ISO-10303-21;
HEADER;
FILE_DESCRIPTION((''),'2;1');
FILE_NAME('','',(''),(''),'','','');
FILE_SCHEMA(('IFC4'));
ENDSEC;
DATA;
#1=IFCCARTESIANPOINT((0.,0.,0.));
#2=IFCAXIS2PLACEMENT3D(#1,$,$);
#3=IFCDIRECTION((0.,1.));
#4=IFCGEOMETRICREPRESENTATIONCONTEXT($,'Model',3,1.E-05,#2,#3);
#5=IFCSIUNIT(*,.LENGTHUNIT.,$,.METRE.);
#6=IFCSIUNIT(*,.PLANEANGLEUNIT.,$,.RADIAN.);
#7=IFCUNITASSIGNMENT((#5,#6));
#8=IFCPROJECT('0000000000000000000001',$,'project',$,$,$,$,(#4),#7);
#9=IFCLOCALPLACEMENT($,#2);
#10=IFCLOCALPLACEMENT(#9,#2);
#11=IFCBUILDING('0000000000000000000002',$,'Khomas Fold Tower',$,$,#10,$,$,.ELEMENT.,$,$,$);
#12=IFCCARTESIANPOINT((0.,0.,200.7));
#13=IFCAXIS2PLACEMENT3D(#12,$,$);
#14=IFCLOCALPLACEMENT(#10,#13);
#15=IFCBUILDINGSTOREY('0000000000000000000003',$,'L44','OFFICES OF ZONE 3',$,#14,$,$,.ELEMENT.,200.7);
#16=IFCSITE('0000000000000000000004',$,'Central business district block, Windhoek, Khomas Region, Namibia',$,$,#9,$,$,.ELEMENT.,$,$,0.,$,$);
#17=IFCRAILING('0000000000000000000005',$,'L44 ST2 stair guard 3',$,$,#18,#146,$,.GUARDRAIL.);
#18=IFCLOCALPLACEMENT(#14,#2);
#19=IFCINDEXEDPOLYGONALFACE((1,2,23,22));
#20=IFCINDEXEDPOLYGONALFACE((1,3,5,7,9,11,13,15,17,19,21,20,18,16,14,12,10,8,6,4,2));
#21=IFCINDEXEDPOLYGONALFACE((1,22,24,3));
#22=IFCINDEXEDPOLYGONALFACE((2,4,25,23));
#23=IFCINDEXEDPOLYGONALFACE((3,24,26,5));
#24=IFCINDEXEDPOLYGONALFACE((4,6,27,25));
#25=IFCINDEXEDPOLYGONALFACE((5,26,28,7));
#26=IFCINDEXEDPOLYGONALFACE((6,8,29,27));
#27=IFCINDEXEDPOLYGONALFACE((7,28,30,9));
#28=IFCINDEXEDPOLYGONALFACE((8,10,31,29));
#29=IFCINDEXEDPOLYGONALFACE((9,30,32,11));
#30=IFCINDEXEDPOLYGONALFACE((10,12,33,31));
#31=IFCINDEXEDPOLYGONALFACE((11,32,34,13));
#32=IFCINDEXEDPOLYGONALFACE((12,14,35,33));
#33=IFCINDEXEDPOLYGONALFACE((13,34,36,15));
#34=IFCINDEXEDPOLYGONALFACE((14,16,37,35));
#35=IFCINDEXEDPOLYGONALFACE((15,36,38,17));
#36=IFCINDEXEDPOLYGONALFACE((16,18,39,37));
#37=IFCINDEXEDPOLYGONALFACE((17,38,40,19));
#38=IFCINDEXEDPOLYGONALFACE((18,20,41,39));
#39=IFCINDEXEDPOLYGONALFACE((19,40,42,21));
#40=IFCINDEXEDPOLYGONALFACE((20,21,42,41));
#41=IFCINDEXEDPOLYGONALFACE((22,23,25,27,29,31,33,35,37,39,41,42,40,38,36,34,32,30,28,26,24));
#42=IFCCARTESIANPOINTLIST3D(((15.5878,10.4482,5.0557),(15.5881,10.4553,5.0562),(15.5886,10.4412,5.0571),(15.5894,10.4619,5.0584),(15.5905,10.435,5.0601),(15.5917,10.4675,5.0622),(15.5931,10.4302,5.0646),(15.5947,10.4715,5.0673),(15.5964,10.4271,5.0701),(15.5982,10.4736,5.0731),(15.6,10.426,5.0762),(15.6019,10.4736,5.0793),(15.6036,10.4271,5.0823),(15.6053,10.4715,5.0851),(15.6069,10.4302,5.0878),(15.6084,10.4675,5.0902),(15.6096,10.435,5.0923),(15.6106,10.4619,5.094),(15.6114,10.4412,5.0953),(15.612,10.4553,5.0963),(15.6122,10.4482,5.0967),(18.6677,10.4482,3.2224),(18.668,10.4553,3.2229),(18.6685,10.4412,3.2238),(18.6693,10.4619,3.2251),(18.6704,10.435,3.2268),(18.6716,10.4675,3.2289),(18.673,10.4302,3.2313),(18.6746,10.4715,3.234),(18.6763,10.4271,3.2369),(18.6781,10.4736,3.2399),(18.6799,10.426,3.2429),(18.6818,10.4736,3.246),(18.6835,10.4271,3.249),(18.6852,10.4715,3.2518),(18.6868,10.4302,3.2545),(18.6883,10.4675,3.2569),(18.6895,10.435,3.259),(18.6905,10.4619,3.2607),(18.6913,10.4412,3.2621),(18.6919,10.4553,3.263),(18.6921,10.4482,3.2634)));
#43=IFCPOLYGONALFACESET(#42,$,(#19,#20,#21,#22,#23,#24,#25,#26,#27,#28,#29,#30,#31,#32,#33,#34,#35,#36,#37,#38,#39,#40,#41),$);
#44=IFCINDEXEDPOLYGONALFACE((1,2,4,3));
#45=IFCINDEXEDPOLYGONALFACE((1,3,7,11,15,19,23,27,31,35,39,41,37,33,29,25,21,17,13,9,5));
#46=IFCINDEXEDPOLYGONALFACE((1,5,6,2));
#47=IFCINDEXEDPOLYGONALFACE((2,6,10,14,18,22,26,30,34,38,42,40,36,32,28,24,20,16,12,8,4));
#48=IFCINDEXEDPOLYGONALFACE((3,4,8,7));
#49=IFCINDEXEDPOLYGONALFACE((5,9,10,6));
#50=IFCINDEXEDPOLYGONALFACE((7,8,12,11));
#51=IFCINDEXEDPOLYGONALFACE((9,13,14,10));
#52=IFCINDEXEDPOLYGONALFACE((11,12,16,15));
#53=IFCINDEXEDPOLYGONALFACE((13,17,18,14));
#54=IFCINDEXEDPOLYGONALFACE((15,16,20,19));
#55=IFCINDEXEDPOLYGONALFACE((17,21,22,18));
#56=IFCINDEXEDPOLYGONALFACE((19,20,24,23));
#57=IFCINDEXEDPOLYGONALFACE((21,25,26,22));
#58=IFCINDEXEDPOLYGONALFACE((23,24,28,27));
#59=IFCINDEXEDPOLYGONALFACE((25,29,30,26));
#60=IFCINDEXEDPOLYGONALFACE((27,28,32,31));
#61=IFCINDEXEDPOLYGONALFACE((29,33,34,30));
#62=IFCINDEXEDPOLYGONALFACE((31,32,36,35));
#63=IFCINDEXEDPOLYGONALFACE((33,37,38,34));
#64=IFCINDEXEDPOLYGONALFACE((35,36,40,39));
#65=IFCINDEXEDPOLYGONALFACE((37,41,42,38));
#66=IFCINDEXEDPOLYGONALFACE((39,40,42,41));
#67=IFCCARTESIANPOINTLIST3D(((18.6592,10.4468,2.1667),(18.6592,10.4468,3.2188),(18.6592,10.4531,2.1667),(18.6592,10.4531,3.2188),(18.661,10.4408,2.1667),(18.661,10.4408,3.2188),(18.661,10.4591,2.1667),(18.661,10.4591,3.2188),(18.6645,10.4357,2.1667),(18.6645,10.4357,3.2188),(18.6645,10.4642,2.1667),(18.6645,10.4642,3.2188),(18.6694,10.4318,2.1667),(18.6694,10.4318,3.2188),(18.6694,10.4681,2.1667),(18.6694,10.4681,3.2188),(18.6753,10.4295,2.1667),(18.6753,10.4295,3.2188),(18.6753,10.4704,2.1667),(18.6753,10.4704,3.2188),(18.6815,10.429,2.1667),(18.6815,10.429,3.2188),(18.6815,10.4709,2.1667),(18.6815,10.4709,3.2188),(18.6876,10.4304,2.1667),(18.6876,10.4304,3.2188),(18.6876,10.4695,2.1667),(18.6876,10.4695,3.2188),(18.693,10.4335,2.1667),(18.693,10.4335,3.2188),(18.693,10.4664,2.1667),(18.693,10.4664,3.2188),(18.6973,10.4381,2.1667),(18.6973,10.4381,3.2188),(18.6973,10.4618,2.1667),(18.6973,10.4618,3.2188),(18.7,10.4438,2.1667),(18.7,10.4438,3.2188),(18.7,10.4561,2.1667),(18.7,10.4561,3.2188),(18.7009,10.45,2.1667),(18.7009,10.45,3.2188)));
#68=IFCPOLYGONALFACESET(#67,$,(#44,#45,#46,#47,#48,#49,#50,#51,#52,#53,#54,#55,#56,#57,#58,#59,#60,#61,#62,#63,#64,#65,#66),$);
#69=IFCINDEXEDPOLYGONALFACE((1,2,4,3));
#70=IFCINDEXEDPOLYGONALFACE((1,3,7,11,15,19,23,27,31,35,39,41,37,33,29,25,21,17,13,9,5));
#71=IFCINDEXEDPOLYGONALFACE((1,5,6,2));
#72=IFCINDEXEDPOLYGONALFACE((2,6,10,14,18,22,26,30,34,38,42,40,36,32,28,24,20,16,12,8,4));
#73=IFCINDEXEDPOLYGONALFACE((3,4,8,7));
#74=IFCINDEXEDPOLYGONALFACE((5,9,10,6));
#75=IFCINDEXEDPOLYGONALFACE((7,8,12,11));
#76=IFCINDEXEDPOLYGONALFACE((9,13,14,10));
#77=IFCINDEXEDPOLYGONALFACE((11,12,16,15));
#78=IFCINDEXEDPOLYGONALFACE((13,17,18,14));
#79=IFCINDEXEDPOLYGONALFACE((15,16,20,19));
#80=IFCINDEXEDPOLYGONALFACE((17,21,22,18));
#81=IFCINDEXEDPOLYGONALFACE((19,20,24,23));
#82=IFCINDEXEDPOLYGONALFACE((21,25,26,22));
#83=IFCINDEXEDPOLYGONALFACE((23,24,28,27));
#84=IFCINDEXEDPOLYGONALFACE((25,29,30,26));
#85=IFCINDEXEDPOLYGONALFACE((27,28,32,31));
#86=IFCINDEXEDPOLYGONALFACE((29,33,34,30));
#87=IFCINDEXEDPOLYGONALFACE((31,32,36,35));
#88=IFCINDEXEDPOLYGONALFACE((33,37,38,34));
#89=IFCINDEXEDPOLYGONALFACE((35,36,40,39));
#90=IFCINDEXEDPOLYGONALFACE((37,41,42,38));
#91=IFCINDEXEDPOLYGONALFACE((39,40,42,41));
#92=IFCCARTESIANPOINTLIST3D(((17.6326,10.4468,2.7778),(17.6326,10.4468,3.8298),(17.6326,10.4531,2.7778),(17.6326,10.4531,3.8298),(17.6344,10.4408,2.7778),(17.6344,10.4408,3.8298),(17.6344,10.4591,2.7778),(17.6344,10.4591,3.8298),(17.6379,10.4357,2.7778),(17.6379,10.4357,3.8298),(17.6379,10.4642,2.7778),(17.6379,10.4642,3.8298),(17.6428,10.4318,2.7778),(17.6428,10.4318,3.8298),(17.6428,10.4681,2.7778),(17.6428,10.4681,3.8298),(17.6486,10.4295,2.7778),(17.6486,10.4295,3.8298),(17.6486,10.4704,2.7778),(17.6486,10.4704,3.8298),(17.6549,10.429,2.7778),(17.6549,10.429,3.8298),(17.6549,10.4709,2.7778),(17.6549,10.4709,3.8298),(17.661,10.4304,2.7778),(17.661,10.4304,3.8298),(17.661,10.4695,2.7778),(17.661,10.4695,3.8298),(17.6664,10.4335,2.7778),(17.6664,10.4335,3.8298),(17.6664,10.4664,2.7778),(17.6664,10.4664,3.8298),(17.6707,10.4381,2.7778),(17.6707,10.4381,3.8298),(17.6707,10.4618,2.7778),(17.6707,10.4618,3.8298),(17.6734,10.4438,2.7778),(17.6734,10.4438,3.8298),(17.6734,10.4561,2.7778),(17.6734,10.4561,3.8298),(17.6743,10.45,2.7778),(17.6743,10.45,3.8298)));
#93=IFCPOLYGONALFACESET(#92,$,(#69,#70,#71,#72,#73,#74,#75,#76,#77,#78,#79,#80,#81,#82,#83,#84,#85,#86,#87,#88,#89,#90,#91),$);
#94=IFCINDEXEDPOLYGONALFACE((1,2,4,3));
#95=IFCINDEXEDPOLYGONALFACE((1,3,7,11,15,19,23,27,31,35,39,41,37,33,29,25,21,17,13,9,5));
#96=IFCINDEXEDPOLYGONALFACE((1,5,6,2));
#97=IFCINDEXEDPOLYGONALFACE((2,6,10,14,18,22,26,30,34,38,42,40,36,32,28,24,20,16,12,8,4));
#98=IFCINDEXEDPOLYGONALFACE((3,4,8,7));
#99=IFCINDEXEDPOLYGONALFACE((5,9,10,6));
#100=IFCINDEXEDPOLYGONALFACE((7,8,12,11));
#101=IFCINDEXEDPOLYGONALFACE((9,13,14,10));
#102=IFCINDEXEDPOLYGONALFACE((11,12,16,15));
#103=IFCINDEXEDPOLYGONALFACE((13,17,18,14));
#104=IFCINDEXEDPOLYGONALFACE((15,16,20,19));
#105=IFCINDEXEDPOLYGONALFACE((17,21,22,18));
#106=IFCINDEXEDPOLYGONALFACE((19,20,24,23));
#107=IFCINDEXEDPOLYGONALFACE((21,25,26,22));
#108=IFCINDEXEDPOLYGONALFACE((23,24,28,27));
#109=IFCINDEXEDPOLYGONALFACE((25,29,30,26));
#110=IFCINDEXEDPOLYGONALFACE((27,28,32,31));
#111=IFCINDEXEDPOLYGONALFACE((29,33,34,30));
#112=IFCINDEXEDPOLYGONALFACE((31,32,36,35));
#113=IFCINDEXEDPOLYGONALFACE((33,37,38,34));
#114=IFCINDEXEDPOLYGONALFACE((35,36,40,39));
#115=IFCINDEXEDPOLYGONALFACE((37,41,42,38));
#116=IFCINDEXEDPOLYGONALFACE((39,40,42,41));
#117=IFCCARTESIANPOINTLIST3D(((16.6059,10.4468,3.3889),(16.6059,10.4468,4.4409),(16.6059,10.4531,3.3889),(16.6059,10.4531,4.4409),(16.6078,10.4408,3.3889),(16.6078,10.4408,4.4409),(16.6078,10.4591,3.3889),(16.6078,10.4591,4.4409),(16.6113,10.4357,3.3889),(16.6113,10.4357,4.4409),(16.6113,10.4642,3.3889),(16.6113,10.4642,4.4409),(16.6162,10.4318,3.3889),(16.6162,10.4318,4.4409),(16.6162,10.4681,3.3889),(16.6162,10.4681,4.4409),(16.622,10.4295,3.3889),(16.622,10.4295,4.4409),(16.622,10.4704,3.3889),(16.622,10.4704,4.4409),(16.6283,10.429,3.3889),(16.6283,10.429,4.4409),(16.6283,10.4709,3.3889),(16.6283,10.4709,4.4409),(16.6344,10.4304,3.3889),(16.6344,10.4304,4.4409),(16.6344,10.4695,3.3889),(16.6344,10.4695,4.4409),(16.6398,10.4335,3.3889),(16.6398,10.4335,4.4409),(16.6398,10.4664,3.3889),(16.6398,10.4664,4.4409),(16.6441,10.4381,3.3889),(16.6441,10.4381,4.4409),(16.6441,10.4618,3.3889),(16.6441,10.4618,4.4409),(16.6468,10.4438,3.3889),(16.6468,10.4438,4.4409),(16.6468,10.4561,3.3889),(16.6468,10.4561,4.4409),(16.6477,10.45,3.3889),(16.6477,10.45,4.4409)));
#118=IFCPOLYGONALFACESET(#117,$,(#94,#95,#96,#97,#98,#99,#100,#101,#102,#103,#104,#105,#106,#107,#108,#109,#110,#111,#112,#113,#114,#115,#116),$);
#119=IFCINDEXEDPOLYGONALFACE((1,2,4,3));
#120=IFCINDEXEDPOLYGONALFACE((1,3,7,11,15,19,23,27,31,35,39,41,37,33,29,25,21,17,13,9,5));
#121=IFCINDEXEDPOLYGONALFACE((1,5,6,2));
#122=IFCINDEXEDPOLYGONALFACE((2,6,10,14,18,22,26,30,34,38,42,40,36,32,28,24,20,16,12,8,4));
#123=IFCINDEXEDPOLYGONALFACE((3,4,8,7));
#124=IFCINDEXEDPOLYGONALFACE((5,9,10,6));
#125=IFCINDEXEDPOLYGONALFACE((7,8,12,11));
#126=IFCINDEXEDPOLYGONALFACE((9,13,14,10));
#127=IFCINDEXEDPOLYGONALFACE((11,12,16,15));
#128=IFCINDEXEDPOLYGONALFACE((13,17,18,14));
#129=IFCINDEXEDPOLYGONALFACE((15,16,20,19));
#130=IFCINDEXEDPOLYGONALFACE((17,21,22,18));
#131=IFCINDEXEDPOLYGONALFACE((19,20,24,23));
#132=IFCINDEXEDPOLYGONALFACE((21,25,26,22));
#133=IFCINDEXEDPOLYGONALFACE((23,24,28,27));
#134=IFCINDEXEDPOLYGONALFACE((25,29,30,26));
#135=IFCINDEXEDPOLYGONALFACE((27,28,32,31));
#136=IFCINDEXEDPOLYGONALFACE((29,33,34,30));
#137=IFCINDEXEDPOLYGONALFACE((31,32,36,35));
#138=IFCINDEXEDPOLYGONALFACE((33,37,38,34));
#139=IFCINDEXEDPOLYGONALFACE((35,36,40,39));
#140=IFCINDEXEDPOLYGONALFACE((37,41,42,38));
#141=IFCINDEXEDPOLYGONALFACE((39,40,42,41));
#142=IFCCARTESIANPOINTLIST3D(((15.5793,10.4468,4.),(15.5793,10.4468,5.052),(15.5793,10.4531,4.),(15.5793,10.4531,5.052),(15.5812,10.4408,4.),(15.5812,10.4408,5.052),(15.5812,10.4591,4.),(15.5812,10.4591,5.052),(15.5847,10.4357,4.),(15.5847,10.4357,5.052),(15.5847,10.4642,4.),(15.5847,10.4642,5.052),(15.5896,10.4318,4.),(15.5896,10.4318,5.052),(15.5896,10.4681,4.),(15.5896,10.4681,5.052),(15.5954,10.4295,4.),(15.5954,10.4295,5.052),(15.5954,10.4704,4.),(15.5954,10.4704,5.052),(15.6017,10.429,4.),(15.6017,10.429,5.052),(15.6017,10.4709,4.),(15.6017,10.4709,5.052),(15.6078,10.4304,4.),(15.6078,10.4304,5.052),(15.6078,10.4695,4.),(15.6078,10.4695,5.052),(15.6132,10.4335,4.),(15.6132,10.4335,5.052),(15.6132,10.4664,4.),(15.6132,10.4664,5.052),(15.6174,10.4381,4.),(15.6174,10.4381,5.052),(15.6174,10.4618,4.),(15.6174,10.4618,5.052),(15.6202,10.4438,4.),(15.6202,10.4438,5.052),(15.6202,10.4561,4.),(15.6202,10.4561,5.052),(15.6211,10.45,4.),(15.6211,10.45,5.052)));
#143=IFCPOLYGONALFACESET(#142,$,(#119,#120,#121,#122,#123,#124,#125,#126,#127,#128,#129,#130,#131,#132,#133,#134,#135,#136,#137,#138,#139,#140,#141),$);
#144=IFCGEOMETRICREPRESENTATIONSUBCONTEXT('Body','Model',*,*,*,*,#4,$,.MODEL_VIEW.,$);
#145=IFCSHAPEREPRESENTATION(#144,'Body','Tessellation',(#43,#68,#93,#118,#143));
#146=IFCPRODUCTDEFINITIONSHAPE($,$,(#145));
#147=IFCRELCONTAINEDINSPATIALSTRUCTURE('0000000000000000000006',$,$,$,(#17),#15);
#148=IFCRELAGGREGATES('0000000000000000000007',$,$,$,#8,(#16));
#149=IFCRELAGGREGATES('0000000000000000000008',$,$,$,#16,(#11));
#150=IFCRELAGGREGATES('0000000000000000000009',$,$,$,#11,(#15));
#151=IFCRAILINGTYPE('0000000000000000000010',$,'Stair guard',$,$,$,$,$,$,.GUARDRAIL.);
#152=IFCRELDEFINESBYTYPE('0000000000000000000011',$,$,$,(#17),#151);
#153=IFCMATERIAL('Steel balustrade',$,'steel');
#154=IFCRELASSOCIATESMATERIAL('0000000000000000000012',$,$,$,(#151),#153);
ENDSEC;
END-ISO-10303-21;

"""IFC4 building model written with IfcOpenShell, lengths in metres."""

from ifc_helpers import new_model, si_unit, direction, frame, origin, origin_2d, place, context, subcontext, project, spatial, circle, extrude, source, transform, mapped, material, type_object, element, save


model = new_model("IFC4")

# Units and contexts
model_context = context("Model", 3, precision=1e-05, world=origin(), true_north=direction((0.0, 1.0)))
body_context = subcontext(model_context, "Body", "Model", "MODEL_VIEW")
ifc_project = project(units=[si_unit("LENGTHUNIT", "METRE"), si_unit("PLANEANGLEUNIT", "RADIAN")], contexts=[model_context])

# Site, building, storey
site_placement = place(None, origin())
site = spatial("IfcSite", under=ifc_project, at=site_placement, Name="Central business district block, Windhoek, Khomas Region, Namibia", CompositionType="ELEMENT", RefElevation=0.0)
building_placement = place(site_placement, origin())
building = spatial("IfcBuilding", under=site, at=building_placement, Name="Khomas Fold Tower", CompositionType="ELEMENT")
storey_placement = place(building_placement, frame((0.0, 0.0, 200.7)))
storey = spatial("IfcBuildingStorey", under=building, at=storey_placement, Name="L44", Description="OFFICES OF ZONE 3", CompositionType="ELEMENT", Elevation=200.7)

# Railing
ifc_material_1 = material(Name="Steel balustrade", Category="steel")
railing_type_1 = type_object("IfcRailingType", Name="Stair guard", PredefinedType="GUARDRAIL", material=ifc_material_1)
shared_shape_1 = source(origin(), body_context, "Body", "SweptSolid", [
    extrude(circle(Radius=0.0239, at=origin_2d()), frame((0.0, 0.0, 1.0762), z_axis=(-0.859291, 0.0, 0.511487), x_axis=(0.0, -1.0, 0.0)), (0.0, 0.0, 1.0), 3.5842),
    extrude(circle(Radius=0.021, at=origin_2d()), origin(), (0.0, 0.0, 1.0), 1.052),
    extrude(circle(Radius=0.021, at=origin_2d()), frame((-1.0266, 0.0, 0.6111)), (0.0, 0.0, 1.0), 1.052),
    extrude(circle(Radius=0.021, at=origin_2d()), frame((-2.0532, 0.0, 1.2222)), (0.0, 0.0, 1.0), 1.052),
    extrude(circle(Radius=0.021, at=origin_2d()), frame((-3.0798, 0.0, 1.8333)), (0.0, 0.0, 1.0), 1.052),
])
railing_1_placement = place(storey_placement, frame((18.6799, 10.45, 2.1667)))
element("IfcRailing", 1, at=railing_1_placement, inside=storey, type_object=railing_type_1, Name="L44 ST2 stair guard 3", PredefinedType="GUARDRAIL", context=body_context, shape_type="MappedRepresentation", body=[
    mapped(shared_shape_1, transform((0.0, 0.0, 0.0))),
])

save(model, "model.ifc")
